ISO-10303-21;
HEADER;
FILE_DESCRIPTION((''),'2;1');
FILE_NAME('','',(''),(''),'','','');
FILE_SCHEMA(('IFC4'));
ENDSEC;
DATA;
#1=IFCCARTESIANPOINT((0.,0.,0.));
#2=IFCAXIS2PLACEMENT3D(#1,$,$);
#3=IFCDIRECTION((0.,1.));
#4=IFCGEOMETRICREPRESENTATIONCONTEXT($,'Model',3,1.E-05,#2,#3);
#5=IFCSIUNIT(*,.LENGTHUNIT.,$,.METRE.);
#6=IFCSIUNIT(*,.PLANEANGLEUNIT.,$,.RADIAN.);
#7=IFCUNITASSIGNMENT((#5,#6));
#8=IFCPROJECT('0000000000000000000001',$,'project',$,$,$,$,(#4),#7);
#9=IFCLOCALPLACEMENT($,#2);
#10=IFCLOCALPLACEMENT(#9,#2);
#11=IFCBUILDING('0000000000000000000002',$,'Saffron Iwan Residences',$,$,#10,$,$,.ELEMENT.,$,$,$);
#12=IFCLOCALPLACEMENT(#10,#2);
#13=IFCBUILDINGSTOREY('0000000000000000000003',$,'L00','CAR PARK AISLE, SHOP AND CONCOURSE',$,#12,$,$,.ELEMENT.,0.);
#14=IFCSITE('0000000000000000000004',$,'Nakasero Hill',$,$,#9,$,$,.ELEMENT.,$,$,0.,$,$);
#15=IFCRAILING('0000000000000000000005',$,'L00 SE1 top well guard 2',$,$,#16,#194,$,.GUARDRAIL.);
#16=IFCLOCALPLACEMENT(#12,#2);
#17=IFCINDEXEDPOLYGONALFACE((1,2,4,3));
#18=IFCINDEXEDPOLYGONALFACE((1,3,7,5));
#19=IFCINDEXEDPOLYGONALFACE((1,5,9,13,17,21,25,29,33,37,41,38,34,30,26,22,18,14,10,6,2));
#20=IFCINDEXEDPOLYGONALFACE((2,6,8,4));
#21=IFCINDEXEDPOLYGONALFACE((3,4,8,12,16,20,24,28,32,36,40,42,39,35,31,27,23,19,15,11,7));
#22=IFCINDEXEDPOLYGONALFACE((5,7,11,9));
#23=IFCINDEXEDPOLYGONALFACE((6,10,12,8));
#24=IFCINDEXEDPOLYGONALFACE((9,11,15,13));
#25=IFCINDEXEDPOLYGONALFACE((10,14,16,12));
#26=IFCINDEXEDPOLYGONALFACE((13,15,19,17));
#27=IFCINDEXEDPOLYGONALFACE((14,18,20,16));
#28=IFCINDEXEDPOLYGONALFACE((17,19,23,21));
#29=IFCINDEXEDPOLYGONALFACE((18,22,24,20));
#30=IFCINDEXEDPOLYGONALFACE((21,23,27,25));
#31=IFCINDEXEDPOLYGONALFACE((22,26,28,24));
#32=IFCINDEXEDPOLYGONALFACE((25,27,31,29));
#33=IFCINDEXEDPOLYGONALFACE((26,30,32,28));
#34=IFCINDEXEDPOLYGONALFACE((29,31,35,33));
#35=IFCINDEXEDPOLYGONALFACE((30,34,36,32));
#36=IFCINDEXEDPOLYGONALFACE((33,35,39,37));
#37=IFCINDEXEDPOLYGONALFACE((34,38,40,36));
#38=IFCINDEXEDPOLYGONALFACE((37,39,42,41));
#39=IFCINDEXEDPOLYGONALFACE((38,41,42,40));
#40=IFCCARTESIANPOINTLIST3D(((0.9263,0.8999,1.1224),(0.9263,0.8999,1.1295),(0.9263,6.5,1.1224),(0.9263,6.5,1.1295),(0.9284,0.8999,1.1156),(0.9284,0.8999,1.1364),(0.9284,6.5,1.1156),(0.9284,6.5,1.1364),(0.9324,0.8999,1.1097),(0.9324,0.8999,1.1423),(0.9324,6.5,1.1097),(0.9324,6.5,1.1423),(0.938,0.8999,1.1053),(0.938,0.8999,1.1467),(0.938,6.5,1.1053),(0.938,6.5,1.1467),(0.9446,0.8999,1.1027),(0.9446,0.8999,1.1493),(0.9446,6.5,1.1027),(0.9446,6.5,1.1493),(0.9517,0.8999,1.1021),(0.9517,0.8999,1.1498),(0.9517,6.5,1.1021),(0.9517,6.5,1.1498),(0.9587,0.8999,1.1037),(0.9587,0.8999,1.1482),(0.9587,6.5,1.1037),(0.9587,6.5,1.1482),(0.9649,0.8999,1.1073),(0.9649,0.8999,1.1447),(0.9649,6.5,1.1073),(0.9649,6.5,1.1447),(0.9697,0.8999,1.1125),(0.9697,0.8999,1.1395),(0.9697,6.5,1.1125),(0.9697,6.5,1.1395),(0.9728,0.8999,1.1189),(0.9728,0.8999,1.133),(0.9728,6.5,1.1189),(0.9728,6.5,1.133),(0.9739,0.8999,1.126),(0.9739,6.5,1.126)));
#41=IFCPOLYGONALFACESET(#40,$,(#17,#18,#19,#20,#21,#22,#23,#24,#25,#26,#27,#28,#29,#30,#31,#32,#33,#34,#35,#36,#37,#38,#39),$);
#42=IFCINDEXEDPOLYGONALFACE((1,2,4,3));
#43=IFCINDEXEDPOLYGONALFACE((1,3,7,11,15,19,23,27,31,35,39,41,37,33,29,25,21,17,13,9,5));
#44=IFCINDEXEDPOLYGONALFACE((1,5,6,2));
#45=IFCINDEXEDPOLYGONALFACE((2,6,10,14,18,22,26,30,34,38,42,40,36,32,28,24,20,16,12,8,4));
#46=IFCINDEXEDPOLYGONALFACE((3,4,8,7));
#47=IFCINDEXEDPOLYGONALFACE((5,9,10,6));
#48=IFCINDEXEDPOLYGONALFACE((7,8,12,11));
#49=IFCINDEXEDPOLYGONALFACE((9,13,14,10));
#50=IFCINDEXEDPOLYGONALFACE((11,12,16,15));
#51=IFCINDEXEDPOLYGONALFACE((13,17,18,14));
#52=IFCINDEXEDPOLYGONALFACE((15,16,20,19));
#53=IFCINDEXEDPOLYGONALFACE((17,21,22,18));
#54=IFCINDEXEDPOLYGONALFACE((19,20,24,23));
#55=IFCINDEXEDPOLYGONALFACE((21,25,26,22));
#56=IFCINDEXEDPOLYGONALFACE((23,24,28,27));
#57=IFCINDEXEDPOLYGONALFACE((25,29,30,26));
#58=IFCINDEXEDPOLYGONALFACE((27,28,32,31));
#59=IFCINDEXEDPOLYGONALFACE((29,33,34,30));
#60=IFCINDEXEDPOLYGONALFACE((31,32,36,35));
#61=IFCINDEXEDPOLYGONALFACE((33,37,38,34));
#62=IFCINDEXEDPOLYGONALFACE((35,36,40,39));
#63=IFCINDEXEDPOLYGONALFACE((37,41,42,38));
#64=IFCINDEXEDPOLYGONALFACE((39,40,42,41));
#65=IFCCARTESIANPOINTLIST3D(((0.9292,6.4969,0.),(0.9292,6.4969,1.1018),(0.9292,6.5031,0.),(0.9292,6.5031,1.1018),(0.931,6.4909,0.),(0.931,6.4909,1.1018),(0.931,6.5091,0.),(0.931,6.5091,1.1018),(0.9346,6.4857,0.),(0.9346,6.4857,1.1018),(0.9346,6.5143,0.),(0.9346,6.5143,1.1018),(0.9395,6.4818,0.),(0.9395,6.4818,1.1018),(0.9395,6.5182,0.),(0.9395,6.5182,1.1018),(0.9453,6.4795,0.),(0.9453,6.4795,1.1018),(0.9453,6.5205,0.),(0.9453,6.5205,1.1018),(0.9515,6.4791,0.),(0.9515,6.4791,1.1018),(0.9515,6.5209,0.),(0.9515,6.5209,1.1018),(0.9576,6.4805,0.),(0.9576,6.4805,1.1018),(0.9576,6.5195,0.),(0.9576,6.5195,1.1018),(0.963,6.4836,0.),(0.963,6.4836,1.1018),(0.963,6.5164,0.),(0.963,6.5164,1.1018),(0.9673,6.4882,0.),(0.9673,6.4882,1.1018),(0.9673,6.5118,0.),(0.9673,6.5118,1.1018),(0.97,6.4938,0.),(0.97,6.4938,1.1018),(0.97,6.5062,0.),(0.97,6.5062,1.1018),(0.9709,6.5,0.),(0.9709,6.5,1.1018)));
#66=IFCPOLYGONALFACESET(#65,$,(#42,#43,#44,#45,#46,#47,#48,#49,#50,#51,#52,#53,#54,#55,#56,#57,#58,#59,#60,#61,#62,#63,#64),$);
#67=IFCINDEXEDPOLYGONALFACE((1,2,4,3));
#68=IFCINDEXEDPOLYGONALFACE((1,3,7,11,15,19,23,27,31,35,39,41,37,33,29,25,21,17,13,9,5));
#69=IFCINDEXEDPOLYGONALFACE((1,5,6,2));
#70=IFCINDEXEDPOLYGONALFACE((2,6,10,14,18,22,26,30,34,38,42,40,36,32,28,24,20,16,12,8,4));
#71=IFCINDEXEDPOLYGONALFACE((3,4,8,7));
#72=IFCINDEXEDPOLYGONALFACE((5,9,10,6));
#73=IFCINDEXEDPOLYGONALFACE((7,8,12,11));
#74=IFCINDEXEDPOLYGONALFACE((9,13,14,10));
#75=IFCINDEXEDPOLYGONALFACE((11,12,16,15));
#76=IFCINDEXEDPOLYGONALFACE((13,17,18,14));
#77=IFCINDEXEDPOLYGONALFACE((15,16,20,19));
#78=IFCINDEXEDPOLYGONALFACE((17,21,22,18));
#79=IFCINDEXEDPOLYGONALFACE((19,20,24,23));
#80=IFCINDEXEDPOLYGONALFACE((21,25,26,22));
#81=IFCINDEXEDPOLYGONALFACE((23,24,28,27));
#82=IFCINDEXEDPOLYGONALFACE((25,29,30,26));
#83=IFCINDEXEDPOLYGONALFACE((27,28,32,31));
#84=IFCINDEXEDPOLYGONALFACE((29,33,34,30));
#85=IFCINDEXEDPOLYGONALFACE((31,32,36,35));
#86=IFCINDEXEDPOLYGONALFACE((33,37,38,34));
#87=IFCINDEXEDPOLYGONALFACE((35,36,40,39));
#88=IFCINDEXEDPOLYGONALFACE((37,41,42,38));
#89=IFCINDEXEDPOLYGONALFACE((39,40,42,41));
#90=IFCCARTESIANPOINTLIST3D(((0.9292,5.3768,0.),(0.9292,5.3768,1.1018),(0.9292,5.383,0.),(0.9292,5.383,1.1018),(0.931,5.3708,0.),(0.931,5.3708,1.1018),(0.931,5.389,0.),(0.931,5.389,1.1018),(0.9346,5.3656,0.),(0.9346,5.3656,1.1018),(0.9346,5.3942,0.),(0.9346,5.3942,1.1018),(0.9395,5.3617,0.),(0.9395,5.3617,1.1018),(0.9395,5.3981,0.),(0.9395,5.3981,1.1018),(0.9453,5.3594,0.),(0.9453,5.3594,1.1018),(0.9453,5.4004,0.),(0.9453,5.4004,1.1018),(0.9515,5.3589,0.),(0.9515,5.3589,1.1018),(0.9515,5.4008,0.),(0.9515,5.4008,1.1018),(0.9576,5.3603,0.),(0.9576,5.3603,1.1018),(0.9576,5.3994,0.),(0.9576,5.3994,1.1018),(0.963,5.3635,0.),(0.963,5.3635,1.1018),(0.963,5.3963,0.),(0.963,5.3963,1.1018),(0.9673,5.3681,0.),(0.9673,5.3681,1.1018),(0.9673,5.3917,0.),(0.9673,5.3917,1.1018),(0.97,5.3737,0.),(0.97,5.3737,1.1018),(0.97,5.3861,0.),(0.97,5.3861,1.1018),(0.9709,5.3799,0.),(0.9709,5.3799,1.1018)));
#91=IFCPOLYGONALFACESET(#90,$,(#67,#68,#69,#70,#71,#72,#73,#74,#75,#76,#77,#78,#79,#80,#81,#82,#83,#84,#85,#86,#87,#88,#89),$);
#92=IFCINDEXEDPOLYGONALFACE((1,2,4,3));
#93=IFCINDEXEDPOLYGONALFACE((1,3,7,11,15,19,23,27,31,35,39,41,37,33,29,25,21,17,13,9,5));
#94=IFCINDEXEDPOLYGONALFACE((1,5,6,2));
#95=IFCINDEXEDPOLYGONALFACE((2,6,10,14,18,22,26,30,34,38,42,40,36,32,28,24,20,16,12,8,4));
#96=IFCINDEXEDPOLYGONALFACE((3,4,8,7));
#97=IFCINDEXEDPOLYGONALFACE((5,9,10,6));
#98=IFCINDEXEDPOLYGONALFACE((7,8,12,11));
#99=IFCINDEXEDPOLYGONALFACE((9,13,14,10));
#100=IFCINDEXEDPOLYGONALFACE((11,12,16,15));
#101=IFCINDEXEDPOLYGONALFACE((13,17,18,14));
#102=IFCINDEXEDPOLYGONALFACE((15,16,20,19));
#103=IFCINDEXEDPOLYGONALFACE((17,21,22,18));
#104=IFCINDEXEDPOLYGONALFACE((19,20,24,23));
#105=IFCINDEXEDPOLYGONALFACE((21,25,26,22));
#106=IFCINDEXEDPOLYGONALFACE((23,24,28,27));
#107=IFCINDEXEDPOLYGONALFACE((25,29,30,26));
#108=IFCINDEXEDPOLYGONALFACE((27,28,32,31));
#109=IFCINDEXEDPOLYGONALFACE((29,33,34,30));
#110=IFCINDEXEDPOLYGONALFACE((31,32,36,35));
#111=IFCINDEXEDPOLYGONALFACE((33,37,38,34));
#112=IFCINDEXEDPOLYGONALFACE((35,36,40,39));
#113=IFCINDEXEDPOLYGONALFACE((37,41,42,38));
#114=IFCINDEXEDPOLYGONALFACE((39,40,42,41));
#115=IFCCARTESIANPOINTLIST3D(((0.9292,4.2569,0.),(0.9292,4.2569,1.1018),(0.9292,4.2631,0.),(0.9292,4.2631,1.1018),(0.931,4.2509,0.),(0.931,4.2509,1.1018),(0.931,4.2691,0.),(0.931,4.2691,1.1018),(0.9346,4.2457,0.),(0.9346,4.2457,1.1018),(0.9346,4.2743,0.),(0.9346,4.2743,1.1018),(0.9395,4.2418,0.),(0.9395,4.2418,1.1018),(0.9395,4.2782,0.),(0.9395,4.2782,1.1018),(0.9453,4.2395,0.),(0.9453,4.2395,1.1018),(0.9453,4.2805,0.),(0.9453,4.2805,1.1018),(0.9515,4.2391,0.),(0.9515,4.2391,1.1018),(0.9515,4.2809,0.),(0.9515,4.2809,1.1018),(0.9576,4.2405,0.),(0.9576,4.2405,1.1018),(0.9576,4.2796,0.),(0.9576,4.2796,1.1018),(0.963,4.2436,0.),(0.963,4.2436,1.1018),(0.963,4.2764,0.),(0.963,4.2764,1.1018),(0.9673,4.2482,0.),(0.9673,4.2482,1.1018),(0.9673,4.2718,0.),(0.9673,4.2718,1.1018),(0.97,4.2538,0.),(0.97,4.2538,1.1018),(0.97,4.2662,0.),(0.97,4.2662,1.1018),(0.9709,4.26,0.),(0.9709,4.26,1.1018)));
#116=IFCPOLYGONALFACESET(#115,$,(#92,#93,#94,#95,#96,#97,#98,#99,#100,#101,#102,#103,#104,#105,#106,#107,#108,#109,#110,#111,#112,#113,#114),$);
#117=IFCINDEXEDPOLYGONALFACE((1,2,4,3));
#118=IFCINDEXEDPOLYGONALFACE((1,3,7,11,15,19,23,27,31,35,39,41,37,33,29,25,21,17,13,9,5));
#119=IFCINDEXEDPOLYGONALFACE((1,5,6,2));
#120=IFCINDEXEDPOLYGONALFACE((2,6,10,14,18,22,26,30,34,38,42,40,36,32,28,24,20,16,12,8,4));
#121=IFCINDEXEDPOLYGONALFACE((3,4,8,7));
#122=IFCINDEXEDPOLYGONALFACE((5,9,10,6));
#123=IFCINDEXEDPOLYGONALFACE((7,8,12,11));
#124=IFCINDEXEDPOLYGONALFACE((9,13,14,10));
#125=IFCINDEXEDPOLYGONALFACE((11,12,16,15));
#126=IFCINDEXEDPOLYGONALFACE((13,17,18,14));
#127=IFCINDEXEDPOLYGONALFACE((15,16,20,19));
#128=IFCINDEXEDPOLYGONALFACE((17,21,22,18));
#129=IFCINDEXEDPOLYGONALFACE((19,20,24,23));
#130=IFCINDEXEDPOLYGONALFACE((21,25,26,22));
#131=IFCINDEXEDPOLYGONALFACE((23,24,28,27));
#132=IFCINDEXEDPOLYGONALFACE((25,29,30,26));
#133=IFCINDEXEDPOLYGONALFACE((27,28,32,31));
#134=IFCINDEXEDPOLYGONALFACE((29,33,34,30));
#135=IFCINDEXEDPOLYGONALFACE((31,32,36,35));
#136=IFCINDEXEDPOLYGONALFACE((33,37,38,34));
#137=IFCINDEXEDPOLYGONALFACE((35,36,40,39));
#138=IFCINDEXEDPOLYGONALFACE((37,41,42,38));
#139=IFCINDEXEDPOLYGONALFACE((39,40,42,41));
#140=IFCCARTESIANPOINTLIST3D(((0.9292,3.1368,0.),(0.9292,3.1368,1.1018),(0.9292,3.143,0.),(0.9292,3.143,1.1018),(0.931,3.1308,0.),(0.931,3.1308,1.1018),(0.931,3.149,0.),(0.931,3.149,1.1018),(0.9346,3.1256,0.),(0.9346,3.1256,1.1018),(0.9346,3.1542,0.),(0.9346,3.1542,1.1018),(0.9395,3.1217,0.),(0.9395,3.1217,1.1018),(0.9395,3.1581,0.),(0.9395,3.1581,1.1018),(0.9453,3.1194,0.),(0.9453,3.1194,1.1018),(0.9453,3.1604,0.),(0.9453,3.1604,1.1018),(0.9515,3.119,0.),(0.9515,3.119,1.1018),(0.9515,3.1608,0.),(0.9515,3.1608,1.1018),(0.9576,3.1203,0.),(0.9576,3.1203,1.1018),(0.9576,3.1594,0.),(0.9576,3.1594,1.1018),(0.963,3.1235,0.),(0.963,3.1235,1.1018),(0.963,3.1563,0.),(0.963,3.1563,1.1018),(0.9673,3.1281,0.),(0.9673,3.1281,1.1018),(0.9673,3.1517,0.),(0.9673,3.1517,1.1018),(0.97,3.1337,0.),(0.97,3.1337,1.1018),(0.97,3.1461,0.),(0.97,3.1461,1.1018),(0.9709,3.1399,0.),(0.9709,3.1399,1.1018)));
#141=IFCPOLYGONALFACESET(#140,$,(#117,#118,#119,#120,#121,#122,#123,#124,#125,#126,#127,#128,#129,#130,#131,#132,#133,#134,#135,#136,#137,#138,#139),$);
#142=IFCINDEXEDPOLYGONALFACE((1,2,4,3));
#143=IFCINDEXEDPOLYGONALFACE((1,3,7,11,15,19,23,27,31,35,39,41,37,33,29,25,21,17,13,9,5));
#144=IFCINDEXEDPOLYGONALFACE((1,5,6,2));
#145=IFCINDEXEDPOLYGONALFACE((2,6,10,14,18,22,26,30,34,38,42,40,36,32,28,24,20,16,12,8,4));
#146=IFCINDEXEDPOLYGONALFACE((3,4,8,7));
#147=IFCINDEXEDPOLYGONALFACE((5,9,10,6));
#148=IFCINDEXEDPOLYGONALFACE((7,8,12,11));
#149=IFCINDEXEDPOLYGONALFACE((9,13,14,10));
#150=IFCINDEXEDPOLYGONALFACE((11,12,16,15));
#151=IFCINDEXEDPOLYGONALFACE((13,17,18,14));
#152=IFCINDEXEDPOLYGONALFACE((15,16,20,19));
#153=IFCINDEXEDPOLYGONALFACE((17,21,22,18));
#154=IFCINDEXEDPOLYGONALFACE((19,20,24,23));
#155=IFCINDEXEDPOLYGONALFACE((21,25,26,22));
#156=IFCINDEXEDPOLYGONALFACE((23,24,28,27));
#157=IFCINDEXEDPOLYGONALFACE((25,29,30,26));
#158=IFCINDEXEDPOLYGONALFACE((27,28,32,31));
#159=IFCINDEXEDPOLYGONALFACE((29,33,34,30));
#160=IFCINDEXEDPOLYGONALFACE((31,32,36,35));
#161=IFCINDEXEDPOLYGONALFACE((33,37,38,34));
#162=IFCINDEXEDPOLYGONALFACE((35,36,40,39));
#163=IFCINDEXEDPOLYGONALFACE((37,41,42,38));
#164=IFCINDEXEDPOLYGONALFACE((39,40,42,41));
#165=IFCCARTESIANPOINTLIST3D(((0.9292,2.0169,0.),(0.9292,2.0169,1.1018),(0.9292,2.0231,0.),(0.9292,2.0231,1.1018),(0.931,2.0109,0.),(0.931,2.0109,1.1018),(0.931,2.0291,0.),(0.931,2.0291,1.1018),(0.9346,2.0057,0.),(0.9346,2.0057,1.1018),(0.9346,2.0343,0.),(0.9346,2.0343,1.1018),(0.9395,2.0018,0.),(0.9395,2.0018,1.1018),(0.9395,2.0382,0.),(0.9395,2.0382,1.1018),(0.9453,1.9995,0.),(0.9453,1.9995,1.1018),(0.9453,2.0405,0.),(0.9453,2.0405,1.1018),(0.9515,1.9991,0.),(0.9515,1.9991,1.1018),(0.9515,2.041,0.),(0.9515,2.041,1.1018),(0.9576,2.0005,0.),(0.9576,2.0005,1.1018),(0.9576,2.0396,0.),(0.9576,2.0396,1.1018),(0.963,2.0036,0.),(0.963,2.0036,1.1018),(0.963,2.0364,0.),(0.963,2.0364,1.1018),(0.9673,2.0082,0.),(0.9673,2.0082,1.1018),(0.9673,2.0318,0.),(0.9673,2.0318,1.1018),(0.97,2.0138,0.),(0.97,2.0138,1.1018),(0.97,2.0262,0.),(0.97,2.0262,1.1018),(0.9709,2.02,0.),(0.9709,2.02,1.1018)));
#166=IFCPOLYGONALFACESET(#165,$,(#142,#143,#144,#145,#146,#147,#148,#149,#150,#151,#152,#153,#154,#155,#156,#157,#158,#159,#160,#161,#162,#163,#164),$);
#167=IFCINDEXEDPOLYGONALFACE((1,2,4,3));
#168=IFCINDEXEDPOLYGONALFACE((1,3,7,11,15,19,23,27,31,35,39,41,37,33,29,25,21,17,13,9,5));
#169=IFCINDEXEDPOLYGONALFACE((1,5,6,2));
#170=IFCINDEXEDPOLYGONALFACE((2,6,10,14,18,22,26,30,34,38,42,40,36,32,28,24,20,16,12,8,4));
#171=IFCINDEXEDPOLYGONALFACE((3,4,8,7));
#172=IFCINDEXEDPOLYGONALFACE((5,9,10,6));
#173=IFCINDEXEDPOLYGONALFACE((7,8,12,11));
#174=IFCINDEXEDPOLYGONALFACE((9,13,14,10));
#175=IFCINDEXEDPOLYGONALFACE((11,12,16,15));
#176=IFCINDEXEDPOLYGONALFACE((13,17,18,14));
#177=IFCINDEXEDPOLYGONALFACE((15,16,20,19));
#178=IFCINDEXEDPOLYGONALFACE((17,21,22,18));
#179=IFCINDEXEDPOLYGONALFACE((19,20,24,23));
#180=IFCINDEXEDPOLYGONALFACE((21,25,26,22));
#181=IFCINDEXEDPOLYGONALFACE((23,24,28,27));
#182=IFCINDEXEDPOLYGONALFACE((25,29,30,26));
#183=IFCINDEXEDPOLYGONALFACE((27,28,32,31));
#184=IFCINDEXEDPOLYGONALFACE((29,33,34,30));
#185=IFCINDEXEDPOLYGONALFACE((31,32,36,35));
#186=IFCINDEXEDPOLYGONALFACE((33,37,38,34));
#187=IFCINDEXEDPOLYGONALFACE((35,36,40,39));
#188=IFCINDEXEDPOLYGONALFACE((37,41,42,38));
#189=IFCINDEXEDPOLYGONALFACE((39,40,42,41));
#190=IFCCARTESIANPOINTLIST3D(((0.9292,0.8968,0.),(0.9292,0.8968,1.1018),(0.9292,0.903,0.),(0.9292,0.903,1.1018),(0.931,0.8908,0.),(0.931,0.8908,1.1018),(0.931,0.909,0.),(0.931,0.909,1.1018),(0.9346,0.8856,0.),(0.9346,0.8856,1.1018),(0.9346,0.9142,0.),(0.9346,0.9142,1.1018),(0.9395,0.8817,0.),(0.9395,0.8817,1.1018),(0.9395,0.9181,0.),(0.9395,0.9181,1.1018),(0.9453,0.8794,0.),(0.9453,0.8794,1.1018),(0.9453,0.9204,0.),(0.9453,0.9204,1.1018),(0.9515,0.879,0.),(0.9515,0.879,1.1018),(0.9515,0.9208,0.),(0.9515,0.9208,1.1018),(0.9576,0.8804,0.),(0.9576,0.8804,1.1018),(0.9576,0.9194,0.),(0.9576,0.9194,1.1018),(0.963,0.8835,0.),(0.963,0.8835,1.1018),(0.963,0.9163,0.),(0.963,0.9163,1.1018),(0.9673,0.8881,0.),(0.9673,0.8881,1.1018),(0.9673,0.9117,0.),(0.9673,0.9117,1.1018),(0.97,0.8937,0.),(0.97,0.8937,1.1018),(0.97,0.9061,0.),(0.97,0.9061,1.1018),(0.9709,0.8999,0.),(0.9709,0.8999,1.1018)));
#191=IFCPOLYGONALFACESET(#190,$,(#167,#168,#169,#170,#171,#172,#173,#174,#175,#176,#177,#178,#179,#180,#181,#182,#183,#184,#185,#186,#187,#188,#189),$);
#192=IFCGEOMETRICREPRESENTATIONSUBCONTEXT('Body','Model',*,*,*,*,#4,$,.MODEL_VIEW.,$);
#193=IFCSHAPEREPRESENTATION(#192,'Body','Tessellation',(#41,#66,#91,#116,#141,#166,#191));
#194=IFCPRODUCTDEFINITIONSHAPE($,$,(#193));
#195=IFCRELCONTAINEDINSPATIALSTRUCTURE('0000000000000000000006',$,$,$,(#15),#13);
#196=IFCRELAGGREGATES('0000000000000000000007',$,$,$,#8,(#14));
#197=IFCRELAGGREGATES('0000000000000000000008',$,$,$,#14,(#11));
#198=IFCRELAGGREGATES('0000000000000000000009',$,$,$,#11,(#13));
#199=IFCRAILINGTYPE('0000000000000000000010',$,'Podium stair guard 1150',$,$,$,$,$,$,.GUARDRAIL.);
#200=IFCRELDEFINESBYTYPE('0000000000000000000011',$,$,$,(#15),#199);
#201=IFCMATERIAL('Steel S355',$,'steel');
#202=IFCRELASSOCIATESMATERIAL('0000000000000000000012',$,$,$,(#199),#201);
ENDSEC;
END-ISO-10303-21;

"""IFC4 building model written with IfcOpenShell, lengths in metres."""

from ifc_helpers import new_model, si_unit, direction, frame, origin, origin_2d, place, context, subcontext, project, spatial, circle, extrude, material, type_object, element, save


model = new_model("IFC4")

# Units and contexts
model_context = context("Model", 3, precision=1e-05, world=origin(), true_north=direction((0.0, 1.0)))
body_context = subcontext(model_context, "Body", "Model", "MODEL_VIEW")
ifc_project = project(units=[si_unit("LENGTHUNIT", "METRE"), si_unit("PLANEANGLEUNIT", "RADIAN")], contexts=[model_context])

# Site, building, storey
site_placement = place(None, origin())
site = spatial("IfcSite", under=ifc_project, at=site_placement, Name="Nakasero Hill", CompositionType="ELEMENT", RefElevation=0.0)
building_placement = place(site_placement, origin())
building = spatial("IfcBuilding", under=site, at=building_placement, Name="Saffron Iwan Residences", CompositionType="ELEMENT")
storey_placement = place(building_placement, origin())
storey = spatial("IfcBuildingStorey", under=building, at=storey_placement, Name="L00", Description="CAR PARK AISLE, SHOP AND CONCOURSE", CompositionType="ELEMENT", Elevation=0.0)

# Railing
ifc_material_1 = material(Name="Steel S355", Category="steel")
railing_type = type_object("IfcRailingType", Name="Podium stair guard 1150", PredefinedType="GUARDRAIL", material=ifc_material_1)
railing_1_placement = place(storey_placement, frame((0.95, 6.5, 0.0)))
element("IfcRailing", 1, at=railing_1_placement, inside=storey, type_object=railing_type, Name="L00 SE1 top well guard 2", PredefinedType="GUARDRAIL", context=body_context, shape_type="SweptSolid", body=[
    extrude(circle(Radius=0.0239, at=origin_2d()), frame((0.0, 0.0, 1.126), z_axis=(0.0, -1.0, 0.0), x_axis=(1.0, 0.0, 0.0)), (0.0, 0.0, 1.0), 5.6001),
    extrude(circle(Radius=0.021, at=origin_2d()), origin(), (0.0, 0.0, 1.0), 1.1018),
    extrude(circle(Radius=0.021, at=origin_2d()), frame((0.0, -1.1201, 0.0)), (0.0, 0.0, 1.0), 1.1018),
    extrude(circle(Radius=0.021, at=origin_2d()), frame((0.0, -2.24, 0.0)), (0.0, 0.0, 1.0), 1.1018),
    extrude(circle(Radius=0.021, at=origin_2d()), frame((0.0, -3.3601, 0.0)), (0.0, 0.0, 1.0), 1.1018),
    extrude(circle(Radius=0.021, at=origin_2d()), frame((0.0, -4.48, 0.0)), (0.0, 0.0, 1.0), 1.1018),
    extrude(circle(Radius=0.021, at=origin_2d()), frame((0.0, -5.6001, 0.0)), (0.0, 0.0, 1.0), 1.1018),
])

save(model, "model.ifc")
